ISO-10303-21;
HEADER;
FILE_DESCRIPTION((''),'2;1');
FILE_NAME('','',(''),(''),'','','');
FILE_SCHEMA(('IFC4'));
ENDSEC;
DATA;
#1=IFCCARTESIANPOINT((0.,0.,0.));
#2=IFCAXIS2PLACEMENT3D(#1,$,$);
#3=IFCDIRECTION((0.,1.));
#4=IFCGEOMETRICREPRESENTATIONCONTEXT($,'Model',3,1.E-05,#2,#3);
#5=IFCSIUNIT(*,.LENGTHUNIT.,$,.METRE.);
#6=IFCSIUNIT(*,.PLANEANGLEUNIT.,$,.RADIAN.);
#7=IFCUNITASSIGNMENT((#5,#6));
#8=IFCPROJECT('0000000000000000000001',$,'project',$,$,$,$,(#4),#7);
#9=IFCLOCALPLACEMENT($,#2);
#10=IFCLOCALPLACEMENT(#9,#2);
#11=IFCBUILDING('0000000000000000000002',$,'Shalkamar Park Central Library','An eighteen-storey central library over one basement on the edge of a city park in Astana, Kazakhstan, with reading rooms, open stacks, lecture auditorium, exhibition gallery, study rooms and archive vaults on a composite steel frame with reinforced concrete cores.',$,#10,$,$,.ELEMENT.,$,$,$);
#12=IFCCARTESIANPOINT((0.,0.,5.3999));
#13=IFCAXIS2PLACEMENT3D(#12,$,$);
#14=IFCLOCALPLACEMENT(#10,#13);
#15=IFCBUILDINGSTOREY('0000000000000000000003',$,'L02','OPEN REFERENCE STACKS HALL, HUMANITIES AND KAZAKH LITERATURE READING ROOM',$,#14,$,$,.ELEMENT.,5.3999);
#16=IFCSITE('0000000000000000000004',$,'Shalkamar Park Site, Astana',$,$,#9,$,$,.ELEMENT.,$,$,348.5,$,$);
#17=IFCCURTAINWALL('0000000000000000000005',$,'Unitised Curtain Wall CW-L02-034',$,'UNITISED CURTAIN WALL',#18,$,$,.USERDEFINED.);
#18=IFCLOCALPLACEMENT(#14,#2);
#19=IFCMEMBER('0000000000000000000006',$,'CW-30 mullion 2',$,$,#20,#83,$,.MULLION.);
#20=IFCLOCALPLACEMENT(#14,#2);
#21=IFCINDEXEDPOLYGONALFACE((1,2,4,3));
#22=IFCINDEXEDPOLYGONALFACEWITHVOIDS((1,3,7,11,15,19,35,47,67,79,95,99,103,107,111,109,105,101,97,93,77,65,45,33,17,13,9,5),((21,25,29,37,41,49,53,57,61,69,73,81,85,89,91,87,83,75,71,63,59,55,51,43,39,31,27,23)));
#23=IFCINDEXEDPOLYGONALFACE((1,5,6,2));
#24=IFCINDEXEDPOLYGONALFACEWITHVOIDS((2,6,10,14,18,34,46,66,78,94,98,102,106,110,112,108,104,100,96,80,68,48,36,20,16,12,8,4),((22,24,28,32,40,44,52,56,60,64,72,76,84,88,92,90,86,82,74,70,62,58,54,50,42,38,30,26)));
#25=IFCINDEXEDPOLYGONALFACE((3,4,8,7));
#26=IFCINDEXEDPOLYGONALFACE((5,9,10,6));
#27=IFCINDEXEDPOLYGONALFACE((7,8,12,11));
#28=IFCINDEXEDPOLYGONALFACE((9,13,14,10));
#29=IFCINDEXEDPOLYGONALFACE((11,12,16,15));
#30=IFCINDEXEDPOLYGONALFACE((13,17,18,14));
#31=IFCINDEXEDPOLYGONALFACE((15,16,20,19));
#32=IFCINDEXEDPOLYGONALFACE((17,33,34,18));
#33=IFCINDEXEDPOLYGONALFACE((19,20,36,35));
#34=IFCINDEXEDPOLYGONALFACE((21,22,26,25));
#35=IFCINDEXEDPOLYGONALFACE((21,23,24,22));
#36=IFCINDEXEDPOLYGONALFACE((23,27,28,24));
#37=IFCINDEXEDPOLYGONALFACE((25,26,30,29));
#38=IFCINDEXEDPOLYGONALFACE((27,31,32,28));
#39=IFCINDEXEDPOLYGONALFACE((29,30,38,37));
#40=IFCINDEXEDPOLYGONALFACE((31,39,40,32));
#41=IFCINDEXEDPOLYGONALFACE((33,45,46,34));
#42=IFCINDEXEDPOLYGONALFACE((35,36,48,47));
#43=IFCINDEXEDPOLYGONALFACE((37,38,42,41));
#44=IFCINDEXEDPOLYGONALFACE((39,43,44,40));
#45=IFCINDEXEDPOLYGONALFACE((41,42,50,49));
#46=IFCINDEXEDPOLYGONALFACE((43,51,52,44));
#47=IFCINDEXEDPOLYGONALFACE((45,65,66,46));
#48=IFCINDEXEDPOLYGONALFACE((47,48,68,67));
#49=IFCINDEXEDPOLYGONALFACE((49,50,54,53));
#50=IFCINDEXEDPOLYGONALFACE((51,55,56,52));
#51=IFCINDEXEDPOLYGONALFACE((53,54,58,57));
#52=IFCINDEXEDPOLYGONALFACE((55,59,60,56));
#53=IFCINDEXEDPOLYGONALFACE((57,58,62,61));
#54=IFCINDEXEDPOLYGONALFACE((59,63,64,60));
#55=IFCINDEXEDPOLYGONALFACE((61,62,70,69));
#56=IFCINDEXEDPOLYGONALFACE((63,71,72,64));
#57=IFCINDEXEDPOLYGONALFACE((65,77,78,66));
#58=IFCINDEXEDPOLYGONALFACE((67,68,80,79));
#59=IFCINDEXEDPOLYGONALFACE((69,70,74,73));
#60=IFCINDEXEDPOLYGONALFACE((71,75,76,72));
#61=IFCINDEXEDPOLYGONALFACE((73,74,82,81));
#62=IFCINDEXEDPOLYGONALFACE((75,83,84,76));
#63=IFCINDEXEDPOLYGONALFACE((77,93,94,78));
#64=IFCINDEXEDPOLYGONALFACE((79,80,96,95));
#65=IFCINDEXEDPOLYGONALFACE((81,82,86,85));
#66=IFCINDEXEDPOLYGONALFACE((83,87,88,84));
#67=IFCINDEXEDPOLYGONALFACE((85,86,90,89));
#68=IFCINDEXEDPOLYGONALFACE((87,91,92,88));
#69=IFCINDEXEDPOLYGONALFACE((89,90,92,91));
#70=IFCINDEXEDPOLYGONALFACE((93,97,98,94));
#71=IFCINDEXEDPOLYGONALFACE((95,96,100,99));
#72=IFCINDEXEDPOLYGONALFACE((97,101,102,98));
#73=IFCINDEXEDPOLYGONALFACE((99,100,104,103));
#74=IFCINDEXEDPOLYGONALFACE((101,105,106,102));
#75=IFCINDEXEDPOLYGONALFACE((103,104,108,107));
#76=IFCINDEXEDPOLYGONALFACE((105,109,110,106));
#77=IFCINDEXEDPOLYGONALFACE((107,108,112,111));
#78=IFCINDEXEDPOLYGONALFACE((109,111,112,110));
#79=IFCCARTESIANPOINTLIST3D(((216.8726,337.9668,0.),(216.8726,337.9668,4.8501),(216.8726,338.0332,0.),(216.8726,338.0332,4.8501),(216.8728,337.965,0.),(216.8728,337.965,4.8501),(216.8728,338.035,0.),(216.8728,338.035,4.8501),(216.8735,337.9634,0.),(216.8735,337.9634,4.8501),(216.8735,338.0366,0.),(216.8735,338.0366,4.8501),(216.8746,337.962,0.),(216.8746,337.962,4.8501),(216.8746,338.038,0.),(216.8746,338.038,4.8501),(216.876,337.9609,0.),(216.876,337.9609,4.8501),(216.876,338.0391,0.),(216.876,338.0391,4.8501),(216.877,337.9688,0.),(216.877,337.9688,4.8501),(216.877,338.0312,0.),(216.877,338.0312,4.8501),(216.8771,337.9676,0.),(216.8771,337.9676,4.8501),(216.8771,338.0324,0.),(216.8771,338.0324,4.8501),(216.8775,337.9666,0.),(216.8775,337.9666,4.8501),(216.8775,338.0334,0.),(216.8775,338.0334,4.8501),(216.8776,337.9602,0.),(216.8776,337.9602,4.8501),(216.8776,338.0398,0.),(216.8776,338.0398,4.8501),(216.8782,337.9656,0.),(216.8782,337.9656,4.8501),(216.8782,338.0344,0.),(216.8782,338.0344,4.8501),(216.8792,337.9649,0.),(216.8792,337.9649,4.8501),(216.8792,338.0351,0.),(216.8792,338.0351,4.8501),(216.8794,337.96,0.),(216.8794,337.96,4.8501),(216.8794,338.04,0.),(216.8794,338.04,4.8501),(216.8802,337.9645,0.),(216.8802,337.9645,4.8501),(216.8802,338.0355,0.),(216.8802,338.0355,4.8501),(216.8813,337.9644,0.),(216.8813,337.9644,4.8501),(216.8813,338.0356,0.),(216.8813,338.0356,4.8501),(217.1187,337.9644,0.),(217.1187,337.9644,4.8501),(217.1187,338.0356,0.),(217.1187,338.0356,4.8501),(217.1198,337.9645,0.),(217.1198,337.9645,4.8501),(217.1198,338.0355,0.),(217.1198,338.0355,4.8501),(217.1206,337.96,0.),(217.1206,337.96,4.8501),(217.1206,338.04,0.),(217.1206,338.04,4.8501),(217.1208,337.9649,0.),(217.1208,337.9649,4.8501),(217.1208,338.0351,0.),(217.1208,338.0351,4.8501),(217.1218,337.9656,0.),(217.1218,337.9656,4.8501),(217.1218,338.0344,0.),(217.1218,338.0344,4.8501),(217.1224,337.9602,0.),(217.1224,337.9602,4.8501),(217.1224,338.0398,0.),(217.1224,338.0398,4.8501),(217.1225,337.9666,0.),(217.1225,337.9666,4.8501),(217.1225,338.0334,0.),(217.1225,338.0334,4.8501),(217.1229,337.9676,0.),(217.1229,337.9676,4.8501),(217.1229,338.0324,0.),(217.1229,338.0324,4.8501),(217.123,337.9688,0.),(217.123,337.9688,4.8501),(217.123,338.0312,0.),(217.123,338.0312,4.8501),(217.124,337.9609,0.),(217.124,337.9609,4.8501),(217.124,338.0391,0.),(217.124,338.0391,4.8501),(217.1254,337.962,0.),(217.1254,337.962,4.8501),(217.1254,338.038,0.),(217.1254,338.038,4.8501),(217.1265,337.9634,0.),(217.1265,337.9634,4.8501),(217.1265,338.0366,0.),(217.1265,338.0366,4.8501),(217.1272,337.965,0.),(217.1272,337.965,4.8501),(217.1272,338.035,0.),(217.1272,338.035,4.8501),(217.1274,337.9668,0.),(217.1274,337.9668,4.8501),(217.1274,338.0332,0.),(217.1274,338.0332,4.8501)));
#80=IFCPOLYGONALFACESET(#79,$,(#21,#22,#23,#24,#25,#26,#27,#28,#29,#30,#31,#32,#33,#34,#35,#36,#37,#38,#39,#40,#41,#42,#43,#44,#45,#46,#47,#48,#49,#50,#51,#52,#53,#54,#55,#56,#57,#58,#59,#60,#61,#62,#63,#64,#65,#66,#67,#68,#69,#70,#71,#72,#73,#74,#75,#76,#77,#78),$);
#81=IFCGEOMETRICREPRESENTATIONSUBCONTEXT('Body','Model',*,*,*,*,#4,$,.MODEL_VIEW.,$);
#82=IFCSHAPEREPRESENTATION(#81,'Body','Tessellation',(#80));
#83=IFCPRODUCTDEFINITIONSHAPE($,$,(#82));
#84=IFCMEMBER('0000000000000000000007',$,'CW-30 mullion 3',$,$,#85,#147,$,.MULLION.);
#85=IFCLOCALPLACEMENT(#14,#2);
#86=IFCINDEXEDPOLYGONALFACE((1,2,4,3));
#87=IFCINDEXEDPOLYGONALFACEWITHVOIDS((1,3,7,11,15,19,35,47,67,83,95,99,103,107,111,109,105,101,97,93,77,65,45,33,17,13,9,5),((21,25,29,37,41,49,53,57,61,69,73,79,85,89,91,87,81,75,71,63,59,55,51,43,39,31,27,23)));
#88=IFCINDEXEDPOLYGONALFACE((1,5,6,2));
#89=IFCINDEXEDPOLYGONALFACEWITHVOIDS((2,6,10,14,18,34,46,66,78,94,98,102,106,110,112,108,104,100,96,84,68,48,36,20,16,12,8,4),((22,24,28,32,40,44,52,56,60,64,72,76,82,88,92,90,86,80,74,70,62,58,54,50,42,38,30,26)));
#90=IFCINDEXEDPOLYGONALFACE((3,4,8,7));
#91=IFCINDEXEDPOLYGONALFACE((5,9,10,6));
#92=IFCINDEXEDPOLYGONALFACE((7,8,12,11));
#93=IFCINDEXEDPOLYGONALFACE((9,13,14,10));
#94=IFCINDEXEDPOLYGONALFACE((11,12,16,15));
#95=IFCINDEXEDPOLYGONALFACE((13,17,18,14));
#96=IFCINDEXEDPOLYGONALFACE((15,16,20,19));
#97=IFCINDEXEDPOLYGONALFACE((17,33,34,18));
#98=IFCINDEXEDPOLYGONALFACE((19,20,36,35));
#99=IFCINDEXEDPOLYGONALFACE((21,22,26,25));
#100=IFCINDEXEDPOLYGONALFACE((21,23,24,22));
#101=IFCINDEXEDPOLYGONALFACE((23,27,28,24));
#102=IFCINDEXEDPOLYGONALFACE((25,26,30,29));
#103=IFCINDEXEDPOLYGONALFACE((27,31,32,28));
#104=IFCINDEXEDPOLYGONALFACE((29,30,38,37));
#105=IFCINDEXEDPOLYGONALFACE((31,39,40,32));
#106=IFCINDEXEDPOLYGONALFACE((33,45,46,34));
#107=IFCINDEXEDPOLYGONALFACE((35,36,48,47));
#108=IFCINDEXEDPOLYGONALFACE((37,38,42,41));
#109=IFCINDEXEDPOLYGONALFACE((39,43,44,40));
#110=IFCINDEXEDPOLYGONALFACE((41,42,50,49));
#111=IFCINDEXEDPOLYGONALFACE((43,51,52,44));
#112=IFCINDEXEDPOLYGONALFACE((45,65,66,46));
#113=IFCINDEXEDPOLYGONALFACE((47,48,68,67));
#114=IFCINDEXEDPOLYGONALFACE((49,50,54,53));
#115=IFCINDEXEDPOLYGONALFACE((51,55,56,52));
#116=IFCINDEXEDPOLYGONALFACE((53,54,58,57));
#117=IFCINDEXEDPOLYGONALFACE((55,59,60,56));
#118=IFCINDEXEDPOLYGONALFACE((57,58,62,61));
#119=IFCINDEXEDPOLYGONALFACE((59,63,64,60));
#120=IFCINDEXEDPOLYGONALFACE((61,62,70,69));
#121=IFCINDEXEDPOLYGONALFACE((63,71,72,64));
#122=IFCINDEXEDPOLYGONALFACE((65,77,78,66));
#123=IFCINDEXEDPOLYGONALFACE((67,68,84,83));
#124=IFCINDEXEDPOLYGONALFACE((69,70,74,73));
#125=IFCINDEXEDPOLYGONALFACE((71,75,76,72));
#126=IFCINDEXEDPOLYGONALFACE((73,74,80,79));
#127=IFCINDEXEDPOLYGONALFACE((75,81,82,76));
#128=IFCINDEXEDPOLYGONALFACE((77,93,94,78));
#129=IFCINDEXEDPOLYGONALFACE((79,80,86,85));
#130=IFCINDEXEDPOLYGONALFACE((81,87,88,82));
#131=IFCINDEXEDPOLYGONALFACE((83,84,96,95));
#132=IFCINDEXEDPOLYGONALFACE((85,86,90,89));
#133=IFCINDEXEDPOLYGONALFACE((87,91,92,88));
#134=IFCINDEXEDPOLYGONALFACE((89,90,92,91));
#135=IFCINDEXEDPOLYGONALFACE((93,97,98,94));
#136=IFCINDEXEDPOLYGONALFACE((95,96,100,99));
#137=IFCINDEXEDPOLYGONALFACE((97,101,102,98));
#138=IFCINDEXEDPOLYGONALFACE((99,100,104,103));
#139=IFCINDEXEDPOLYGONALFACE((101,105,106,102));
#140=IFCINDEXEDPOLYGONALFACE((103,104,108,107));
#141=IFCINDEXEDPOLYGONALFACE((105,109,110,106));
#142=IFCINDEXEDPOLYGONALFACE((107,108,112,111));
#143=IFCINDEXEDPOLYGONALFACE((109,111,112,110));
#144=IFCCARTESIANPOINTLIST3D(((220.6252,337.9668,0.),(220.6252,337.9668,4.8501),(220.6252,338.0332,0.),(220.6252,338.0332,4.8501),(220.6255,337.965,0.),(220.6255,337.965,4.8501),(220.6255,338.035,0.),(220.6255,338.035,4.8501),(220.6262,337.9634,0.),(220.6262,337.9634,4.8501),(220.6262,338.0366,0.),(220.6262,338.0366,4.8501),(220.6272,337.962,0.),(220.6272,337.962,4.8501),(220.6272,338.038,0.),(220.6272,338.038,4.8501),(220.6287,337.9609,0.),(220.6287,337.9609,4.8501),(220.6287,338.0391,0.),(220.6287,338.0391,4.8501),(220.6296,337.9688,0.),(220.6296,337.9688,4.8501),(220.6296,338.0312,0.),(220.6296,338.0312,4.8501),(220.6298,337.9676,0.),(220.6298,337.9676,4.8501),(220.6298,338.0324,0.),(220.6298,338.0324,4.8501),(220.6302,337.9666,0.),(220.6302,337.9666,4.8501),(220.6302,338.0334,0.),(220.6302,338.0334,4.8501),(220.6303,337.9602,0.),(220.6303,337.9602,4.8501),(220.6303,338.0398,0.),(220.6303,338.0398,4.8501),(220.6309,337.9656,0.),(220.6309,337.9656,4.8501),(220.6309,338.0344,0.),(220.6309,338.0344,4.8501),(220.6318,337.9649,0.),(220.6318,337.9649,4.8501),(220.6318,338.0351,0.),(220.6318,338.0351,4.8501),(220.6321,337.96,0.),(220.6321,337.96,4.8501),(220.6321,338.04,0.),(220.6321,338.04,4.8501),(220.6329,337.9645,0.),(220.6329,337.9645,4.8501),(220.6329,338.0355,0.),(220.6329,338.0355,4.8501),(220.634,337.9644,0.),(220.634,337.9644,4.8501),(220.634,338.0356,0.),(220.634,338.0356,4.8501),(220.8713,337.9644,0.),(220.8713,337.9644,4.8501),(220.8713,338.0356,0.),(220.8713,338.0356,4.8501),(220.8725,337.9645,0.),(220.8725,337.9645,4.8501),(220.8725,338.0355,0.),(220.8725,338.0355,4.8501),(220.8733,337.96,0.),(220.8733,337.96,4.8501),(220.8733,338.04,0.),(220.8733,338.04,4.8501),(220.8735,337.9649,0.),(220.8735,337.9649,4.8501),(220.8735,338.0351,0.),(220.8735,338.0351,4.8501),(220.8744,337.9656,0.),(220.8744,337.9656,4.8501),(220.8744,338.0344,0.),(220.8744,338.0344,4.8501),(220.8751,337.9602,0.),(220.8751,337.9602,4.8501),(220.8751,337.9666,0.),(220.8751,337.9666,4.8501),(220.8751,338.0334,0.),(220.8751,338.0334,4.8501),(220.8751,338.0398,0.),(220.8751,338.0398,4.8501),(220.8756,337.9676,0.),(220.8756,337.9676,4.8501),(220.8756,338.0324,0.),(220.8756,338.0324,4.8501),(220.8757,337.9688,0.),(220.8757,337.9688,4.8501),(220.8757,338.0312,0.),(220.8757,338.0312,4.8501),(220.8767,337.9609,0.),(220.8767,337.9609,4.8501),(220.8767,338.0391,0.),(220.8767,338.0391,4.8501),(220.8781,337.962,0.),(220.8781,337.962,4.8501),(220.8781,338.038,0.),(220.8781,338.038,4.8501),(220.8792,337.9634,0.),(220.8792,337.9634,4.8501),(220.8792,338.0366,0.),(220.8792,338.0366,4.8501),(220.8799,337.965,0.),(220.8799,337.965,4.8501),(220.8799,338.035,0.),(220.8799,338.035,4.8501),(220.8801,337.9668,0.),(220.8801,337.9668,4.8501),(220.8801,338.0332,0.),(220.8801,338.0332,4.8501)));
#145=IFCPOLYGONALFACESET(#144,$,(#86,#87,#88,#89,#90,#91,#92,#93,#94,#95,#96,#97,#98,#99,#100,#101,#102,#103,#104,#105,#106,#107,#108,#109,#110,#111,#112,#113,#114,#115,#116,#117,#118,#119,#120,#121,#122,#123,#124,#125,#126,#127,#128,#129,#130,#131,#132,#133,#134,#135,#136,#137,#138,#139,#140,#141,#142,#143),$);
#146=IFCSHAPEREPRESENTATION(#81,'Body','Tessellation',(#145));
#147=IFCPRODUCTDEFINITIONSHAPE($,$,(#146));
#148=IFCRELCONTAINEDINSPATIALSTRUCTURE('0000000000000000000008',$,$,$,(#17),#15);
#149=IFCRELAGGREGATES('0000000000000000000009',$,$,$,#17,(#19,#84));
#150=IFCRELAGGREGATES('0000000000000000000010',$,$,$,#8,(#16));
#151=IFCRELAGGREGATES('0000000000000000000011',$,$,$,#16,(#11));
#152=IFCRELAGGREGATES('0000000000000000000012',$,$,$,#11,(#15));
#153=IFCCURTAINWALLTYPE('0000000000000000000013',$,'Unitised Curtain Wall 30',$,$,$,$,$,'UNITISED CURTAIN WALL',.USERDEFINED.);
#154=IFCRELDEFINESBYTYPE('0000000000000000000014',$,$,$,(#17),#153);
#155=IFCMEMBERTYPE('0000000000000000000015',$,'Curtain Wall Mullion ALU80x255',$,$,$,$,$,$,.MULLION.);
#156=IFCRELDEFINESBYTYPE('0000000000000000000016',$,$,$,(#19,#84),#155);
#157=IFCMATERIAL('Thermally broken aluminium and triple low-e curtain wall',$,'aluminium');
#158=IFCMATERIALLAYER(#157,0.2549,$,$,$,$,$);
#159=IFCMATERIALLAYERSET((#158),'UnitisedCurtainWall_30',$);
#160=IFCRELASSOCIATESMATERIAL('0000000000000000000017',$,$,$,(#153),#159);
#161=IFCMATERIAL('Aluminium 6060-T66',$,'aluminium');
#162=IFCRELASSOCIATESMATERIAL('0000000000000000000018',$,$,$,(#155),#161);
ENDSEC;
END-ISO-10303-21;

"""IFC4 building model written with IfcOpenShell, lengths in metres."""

from ifc_helpers import new_model, si_unit, direction, frame, origin, origin_2d, place, context, subcontext, project, spatial, hollow_rectangle, extrude, material, layer, layer_set, material_profile, profile_set, type_object, element, aggregate, save


model = new_model("IFC4")

# Units and contexts
model_context = context("Model", 3, precision=1e-05, world=origin(), true_north=direction((0.0, 1.0)))
body_context = subcontext(model_context, "Body", "Model", "MODEL_VIEW")
ifc_project = project(units=[si_unit("LENGTHUNIT", "METRE"), si_unit("PLANEANGLEUNIT", "RADIAN")], contexts=[model_context])

# Site, building, storey
site_placement = place(None, origin())
site = spatial("IfcSite", under=ifc_project, at=site_placement, Name="Shalkamar Park Site, Astana", CompositionType="ELEMENT", RefElevation=348.5)
building_placement = place(site_placement, origin())
building = spatial("IfcBuilding", under=site, at=building_placement, Name="Shalkamar Park Central Library", Description="An eighteen-storey central library over one basement on the edge of a city park in Astana, Kazakhstan, with reading rooms, open stacks, lecture auditorium, exhibition gallery, study rooms and archive vaults on a composite steel frame with reinforced concrete cores.", CompositionType="ELEMENT")
storey_placement = place(building_placement, frame((0.0, 0.0, 5.3999)))
storey = spatial("IfcBuildingStorey", under=building, at=storey_placement, Name="L02", Description="OPEN REFERENCE STACKS HALL, HUMANITIES AND KAZAKH LITERATURE READING ROOM", CompositionType="ELEMENT", Elevation=5.3999)

# Shared definitions
ifc_material_1 = material(Name="Thermally broken aluminium and triple low-e curtain wall", Category="aluminium")
ifc_material_2 = material(Name="Aluminium 6060-T66", Category="aluminium")

# Curtain wall, members
ifc_layer_1 = layer(ifc_material_1, 0.2549)
ifc_layer_set_1 = layer_set([ifc_layer_1], Name="UnitisedCurtainWall_30")
curtain_wall_type_1 = type_object("IfcCurtainWallType", Name="Unitised Curtain Wall 30", ElementType="UNITISED CURTAIN WALL", PredefinedType="USERDEFINED", material=ifc_layer_set_1)
curtain_wall_1_placement = place(storey_placement, origin())
curtain_wall_1 = element("IfcCurtainWall", 1, at=curtain_wall_1_placement, inside=storey, type_object=curtain_wall_type_1, Name="Unitised Curtain Wall CW-L02-034", ObjectType="UNITISED CURTAIN WALL", PredefinedType="USERDEFINED")
ifc_material_profile_1 = material_profile(ifc_material_2, hollow_rectangle(XDim=0.0801, YDim=0.2549, WallThickness=0.0044, InnerFilletRadius=0.0044, OuterFilletRadius=0.0068, at=origin_2d()), Name="ALU 80x255x4.5")
ifc_profile_set_1 = profile_set([ifc_material_profile_1], Name="Aluminium 6060-T66")
member_type_1 = type_object("IfcMemberType", Name="Curtain Wall Mullion ALU80x255", PredefinedType="MULLION", material=ifc_profile_set_1)
member_1_placement = place(storey_placement, frame((217.0, 338.0, 0.0), z_axis=(0.0, 0.0, 1.0), x_axis=(0.0, 1.0, 0.0)))
member_1 = element("IfcMember", 2, at=member_1_placement, type_object=member_type_1, Name="CW-30 mullion 2", PredefinedType="MULLION", context=body_context, shape_type="SweptSolid", body=[
    extrude(hollow_rectangle(XDim=0.0801, YDim=0.2549, WallThickness=0.0044, InnerFilletRadius=0.0044, OuterFilletRadius=0.0068, at=origin_2d()), origin(), (0.0, 0.0, 1.0), 4.8501),
])
member_2_placement = place(storey_placement, frame((220.7527, 338.0, 0.0), z_axis=(0.0, 0.0, 1.0), x_axis=(0.0, 1.0, 0.0)))
member_2 = element("IfcMember", 3, at=member_2_placement, type_object=member_type_1, Name="CW-30 mullion 3", PredefinedType="MULLION", context=body_context, shape_type="SweptSolid", body=[
    extrude(hollow_rectangle(XDim=0.0801, YDim=0.2549, WallThickness=0.0044, InnerFilletRadius=0.0044, OuterFilletRadius=0.0068, at=origin_2d()), origin(), (0.0, 0.0, 1.0), 4.8501),
])

aggregate(curtain_wall_1, [member_1, member_2])

save(model, "model.ifc")
